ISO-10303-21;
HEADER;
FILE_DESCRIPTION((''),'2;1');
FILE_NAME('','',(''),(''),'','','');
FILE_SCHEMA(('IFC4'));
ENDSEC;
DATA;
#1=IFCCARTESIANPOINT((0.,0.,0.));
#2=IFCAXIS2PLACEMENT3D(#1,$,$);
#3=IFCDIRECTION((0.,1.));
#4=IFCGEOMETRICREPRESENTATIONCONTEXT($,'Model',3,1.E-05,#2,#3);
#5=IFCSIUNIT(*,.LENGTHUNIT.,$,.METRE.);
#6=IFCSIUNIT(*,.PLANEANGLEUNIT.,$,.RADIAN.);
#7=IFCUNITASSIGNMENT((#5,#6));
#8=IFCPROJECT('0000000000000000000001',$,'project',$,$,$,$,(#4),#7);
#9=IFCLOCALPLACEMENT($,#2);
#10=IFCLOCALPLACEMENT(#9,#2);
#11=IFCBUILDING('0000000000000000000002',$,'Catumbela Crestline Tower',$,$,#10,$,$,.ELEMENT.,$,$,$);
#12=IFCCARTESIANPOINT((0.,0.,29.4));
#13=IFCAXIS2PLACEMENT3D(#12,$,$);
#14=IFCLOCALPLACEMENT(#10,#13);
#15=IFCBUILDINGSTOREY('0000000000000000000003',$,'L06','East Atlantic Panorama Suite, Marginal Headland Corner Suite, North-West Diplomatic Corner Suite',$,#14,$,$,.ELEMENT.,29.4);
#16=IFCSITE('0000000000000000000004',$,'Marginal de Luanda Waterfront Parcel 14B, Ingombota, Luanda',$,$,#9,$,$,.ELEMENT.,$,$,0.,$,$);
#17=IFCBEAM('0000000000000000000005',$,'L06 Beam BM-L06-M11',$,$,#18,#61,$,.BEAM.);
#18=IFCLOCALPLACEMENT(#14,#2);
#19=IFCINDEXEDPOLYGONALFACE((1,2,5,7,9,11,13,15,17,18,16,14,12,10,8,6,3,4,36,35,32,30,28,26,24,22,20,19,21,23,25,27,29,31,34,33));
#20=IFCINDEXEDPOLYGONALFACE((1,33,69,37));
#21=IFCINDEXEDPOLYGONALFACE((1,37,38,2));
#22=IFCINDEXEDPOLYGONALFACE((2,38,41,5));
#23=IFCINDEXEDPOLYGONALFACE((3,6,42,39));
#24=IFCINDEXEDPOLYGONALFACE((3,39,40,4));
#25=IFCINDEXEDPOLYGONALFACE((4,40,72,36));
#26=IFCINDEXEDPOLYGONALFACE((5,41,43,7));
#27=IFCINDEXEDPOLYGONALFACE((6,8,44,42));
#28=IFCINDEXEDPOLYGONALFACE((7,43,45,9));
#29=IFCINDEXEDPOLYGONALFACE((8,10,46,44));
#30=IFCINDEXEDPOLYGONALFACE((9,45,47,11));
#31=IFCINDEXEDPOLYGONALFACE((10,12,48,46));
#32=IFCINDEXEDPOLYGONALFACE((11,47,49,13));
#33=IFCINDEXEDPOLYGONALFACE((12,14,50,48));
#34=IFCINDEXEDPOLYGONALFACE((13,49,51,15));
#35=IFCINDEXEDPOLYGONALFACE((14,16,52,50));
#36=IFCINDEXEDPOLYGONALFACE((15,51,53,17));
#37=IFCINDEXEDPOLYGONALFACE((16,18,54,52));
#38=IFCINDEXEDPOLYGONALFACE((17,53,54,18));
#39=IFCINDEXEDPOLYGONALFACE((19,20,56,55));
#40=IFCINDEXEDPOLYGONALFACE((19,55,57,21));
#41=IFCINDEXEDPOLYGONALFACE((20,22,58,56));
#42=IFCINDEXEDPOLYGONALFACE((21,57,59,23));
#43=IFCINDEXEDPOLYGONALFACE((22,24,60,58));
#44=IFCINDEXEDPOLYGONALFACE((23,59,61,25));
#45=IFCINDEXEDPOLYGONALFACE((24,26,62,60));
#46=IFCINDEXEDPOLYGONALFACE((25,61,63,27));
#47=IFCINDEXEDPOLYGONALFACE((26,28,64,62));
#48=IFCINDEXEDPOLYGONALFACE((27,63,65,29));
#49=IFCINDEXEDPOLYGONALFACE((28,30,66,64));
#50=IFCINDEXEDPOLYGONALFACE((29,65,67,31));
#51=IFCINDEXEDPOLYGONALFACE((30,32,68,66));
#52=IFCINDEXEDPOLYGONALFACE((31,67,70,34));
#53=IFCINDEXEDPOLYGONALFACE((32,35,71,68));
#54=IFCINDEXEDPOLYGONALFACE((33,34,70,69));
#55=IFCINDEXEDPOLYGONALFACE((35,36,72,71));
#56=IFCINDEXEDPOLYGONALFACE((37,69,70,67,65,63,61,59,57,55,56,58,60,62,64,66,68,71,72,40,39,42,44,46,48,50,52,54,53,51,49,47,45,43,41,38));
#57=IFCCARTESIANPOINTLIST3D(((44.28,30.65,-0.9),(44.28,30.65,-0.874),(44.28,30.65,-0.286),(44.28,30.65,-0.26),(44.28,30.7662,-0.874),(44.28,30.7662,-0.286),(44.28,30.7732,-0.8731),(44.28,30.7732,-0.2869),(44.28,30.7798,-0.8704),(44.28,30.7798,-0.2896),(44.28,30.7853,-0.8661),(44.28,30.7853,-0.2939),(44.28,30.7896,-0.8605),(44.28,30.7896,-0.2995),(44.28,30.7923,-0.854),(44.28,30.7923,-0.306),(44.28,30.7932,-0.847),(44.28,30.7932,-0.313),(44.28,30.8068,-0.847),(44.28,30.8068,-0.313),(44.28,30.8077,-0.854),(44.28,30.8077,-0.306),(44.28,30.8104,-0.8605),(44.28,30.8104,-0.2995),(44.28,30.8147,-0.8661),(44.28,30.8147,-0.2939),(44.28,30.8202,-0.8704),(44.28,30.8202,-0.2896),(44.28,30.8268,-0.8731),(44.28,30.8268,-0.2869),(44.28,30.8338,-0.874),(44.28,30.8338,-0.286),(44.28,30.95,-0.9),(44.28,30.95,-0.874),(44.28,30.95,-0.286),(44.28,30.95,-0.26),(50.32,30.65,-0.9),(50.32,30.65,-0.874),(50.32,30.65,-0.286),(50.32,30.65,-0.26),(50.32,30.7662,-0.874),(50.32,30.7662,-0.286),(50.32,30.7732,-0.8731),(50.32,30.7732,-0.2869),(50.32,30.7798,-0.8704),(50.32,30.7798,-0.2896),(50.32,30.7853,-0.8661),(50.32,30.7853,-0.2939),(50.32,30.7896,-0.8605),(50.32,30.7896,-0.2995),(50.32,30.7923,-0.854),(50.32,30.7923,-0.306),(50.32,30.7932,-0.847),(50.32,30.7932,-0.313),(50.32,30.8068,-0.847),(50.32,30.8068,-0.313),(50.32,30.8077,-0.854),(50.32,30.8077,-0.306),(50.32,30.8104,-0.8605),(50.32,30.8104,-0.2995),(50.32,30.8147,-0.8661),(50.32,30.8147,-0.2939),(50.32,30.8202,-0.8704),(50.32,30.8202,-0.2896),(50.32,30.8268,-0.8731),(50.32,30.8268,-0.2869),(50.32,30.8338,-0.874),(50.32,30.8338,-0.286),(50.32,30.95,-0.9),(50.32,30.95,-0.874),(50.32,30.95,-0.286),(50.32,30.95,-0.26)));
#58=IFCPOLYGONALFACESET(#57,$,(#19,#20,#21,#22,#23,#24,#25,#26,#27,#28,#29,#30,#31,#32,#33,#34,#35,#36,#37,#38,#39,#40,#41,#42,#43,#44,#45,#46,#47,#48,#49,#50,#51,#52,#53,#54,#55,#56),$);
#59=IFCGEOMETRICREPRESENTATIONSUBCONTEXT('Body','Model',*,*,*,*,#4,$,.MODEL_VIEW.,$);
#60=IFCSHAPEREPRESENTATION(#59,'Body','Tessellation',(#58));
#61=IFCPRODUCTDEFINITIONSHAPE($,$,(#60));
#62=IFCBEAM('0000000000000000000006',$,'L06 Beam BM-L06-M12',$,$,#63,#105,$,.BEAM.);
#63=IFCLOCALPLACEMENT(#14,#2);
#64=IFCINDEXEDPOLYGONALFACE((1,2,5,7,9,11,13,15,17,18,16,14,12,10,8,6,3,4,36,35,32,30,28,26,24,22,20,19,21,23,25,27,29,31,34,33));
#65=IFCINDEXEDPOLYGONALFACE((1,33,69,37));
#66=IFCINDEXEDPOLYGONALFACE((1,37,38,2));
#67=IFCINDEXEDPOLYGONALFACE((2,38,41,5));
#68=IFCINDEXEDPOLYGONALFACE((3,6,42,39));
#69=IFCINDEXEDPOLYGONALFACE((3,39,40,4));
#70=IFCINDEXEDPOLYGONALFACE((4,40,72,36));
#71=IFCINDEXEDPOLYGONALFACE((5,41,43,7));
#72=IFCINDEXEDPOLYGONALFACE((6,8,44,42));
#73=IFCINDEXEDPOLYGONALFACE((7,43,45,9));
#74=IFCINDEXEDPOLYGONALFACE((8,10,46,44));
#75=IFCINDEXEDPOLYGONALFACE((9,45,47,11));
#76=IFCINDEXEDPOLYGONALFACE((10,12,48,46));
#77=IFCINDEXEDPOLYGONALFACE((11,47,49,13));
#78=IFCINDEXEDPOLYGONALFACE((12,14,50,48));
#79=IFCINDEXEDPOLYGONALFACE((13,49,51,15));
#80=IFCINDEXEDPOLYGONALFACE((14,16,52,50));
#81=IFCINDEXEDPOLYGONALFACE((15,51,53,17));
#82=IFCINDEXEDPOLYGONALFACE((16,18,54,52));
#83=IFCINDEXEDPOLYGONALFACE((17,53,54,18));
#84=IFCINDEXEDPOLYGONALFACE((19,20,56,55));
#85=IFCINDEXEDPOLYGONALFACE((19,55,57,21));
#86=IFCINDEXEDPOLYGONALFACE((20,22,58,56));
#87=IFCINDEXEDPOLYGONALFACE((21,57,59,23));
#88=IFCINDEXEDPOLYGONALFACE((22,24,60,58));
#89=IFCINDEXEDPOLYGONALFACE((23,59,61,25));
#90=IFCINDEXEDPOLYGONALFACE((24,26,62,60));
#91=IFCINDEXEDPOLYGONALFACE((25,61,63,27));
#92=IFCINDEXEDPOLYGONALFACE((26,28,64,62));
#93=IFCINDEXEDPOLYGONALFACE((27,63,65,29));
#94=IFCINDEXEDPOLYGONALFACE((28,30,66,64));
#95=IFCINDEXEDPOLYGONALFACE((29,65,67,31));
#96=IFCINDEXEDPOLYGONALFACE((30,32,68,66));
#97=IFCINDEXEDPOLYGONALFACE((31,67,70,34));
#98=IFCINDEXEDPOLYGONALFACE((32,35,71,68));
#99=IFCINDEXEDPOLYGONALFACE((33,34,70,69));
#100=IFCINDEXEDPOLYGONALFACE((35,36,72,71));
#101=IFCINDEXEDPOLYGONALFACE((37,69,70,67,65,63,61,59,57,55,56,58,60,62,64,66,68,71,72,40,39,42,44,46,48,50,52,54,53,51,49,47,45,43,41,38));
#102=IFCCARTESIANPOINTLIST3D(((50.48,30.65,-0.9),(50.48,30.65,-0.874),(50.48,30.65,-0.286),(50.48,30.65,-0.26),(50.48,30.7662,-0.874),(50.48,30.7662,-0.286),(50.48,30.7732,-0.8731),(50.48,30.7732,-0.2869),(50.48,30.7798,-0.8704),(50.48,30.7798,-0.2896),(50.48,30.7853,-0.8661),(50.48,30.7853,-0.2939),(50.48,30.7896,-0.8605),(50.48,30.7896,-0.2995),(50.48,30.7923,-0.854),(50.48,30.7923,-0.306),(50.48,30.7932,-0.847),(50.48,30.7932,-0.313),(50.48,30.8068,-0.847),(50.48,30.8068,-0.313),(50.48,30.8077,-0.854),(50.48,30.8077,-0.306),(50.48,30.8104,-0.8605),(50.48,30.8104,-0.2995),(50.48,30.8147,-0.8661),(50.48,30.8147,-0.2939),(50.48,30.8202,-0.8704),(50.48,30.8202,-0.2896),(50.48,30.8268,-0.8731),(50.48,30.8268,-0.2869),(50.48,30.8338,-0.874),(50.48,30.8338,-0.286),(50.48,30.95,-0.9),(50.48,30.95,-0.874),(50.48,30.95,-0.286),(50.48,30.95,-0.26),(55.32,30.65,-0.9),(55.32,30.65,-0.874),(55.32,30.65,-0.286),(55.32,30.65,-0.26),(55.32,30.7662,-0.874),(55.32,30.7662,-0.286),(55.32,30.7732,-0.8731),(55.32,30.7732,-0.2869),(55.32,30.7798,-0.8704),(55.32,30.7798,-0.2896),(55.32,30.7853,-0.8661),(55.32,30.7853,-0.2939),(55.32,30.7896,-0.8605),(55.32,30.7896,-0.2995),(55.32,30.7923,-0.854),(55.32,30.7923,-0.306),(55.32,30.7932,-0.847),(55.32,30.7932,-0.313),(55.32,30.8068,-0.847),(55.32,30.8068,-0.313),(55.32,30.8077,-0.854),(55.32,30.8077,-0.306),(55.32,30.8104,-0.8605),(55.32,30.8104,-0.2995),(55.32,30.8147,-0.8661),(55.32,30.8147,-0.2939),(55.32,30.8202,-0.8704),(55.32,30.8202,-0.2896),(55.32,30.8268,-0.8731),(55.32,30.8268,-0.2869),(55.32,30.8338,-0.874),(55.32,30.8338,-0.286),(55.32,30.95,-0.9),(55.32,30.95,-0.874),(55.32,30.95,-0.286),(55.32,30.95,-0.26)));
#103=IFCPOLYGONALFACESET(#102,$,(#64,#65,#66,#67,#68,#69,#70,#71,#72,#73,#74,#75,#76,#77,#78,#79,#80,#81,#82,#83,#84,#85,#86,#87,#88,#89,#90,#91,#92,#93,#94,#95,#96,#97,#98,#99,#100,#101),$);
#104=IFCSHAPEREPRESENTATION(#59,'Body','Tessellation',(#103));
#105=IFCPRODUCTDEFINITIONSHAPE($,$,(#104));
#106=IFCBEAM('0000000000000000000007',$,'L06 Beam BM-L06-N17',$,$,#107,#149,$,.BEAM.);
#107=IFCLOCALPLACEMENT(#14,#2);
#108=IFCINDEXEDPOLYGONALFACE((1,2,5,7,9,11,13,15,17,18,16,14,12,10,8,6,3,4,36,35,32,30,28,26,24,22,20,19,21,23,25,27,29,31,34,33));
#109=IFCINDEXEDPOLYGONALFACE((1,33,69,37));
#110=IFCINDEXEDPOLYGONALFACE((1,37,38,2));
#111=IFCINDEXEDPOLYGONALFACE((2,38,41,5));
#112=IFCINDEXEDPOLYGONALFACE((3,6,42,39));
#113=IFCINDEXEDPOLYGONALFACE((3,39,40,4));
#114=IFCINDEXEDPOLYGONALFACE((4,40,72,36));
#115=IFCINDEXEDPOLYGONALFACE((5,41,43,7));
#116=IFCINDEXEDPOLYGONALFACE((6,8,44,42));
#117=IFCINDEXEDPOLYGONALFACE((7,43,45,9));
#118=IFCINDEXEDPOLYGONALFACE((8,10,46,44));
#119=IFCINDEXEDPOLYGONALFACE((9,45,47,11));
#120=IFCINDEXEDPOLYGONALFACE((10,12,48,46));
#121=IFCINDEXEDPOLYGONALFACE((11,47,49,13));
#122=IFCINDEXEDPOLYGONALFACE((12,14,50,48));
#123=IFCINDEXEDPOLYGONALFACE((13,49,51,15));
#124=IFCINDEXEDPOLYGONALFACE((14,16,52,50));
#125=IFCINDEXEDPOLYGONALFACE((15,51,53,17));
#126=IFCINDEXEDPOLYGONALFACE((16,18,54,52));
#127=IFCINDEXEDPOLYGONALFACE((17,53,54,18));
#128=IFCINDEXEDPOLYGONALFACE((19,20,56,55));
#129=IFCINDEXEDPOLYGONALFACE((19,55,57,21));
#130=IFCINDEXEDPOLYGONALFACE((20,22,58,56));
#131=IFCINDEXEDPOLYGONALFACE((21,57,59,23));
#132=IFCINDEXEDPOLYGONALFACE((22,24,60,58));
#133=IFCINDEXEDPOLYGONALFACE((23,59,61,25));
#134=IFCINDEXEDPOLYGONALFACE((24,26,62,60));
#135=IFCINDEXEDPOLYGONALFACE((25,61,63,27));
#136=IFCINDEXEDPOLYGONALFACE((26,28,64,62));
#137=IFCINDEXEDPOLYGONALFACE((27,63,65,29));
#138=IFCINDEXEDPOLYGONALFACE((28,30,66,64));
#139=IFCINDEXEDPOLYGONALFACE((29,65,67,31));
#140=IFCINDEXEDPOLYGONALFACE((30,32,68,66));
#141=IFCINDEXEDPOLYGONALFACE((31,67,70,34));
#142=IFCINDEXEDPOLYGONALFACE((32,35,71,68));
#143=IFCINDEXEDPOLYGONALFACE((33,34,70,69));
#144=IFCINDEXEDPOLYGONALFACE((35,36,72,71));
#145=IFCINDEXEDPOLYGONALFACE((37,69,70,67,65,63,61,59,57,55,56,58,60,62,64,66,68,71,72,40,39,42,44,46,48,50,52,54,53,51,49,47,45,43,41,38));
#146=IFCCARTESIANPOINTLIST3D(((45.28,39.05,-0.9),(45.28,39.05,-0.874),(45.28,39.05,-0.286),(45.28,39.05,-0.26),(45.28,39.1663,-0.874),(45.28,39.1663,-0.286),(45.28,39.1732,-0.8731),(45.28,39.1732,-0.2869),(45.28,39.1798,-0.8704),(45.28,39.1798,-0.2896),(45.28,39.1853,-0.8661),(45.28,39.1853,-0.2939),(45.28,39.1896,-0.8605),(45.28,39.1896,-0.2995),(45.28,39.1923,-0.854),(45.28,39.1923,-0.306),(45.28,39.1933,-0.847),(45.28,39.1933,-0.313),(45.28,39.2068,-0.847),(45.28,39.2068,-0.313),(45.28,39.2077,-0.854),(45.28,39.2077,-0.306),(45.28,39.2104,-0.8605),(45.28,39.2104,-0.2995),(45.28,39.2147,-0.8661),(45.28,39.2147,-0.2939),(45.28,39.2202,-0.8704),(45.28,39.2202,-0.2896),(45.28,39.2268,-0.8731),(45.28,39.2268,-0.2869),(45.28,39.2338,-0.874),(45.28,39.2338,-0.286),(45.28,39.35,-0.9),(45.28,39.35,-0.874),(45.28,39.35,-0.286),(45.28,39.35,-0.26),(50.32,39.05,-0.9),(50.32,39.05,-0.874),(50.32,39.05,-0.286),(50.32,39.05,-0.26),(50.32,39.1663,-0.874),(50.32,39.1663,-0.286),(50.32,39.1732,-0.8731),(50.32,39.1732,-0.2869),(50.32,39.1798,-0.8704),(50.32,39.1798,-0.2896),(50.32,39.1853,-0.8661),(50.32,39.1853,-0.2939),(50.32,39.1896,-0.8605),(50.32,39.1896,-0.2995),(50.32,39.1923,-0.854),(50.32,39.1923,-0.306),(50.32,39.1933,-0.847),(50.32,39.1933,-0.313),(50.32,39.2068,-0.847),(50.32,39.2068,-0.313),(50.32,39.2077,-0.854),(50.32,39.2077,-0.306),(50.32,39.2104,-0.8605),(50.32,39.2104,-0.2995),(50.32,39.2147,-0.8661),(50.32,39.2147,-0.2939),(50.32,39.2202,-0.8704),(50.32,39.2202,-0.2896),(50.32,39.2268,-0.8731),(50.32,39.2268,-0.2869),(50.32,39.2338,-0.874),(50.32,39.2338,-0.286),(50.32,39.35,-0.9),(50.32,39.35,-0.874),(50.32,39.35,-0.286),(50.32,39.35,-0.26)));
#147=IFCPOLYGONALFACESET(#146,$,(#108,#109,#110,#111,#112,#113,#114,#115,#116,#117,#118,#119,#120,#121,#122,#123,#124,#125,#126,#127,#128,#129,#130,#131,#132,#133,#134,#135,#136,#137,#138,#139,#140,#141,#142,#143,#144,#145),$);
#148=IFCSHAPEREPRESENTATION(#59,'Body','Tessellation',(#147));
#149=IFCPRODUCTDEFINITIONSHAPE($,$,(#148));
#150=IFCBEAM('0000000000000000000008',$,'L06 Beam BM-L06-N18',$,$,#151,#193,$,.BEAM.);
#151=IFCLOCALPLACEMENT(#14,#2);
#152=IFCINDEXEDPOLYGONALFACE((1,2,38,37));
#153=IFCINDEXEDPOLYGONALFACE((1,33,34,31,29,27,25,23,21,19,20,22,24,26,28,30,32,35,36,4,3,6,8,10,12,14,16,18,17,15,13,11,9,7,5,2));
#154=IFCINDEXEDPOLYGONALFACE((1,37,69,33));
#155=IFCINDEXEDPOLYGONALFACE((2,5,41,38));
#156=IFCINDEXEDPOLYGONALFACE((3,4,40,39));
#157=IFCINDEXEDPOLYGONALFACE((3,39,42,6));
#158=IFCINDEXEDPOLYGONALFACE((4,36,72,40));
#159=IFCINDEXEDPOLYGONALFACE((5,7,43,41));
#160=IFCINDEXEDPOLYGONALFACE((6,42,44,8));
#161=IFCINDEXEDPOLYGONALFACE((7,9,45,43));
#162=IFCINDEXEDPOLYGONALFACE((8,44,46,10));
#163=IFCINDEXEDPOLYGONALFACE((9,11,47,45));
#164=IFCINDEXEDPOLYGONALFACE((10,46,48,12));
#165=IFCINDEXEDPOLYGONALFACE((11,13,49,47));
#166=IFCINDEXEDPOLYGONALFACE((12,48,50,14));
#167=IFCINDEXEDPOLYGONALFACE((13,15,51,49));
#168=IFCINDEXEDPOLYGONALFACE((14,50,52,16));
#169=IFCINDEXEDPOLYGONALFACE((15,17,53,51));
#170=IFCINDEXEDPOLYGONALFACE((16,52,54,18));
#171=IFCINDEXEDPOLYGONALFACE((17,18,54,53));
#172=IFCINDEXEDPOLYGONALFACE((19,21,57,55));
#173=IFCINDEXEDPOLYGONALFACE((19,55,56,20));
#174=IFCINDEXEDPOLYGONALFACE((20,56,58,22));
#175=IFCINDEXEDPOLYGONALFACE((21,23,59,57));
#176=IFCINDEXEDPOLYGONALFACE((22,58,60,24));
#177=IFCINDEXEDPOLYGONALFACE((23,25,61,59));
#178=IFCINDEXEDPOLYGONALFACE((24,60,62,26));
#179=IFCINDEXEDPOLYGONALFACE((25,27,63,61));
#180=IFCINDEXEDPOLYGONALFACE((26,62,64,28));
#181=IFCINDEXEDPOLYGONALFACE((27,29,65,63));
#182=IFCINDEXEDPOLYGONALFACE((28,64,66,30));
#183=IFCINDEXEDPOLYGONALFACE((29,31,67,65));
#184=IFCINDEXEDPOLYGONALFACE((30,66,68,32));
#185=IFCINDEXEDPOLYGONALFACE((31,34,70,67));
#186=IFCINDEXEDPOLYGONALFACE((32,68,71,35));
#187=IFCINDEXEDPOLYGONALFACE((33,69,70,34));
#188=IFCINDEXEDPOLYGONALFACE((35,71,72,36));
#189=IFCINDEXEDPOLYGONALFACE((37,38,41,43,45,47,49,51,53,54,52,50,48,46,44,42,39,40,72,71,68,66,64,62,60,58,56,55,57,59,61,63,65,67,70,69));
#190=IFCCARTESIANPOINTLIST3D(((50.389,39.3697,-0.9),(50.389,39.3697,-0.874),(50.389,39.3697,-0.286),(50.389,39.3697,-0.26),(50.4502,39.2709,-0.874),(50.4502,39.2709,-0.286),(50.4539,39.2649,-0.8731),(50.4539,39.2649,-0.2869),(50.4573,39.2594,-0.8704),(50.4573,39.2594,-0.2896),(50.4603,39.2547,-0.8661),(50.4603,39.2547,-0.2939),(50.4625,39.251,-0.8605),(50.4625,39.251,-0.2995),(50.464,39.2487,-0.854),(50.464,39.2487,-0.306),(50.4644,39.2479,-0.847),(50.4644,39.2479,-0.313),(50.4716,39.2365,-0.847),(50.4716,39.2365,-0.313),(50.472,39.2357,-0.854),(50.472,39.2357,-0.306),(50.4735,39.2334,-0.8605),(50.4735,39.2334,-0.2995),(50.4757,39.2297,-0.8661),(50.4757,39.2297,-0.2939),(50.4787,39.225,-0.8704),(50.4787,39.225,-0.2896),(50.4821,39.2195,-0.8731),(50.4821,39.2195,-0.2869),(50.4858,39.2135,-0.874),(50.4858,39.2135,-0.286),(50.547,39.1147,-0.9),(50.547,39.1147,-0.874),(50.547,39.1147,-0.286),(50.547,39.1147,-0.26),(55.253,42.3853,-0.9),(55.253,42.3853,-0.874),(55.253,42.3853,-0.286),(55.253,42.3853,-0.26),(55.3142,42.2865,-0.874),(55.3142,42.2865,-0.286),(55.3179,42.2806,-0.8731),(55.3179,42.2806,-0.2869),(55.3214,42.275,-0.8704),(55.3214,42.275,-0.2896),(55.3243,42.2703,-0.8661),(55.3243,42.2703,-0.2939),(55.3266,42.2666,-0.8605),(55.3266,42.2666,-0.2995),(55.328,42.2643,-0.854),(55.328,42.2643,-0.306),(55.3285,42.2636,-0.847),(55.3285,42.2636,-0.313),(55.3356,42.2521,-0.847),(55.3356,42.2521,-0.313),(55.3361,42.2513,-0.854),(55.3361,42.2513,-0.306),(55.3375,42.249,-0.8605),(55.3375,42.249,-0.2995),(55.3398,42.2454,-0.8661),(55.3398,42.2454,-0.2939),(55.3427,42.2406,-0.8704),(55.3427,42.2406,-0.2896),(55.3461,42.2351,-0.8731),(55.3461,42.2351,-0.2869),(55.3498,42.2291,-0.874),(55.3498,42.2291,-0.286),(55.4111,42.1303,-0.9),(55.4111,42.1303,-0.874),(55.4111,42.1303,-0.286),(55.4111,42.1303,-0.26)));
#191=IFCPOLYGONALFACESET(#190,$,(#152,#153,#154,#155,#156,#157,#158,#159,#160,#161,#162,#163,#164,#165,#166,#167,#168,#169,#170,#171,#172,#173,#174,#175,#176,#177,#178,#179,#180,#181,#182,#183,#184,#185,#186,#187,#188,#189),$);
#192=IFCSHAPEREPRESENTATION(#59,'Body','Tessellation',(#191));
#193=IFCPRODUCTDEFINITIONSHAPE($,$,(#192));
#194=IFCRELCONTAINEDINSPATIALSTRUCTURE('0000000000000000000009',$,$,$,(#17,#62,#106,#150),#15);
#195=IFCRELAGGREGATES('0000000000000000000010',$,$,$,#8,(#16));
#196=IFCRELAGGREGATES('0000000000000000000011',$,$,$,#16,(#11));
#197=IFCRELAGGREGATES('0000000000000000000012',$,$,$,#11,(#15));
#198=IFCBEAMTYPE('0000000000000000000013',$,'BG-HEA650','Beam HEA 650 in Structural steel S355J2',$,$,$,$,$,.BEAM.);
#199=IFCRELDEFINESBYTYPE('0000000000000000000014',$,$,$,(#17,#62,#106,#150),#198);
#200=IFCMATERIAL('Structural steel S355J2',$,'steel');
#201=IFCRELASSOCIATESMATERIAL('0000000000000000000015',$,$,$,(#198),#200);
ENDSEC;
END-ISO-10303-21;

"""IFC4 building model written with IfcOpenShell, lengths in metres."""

from ifc_helpers import new_model, si_unit, direction, frame, origin, origin_2d, place, context, subcontext, project, spatial, i_section, extrude, material, material_profile, profile_set, type_object, element, save


model = new_model("IFC4")

# Units and contexts
model_context = context("Model", 3, precision=1e-05, world=origin(), true_north=direction((0.0, 1.0)))
body_context = subcontext(model_context, "Body", "Model", "MODEL_VIEW")
ifc_project = project(units=[si_unit("LENGTHUNIT", "METRE"), si_unit("PLANEANGLEUNIT", "RADIAN")], contexts=[model_context])

# Site, building, storey
site_placement = place(None, origin())
site = spatial("IfcSite", under=ifc_project, at=site_placement, Name="Marginal de Luanda Waterfront Parcel 14B, Ingombota, Luanda", CompositionType="ELEMENT", RefElevation=0.0)
building_placement = place(site_placement, origin())
building = spatial("IfcBuilding", under=site, at=building_placement, Name="Catumbela Crestline Tower", CompositionType="ELEMENT")
storey_placement = place(building_placement, frame((0.0, 0.0, 29.4)))
storey = spatial("IfcBuildingStorey", under=building, at=storey_placement, Name="L06", Description="East Atlantic Panorama Suite, Marginal Headland Corner Suite, North-West Diplomatic Corner Suite", CompositionType="ELEMENT", Elevation=29.4)

# Beams
ifc_material_1 = material(Name="Structural steel S355J2", Category="steel")
ifc_material_profile_1 = material_profile(ifc_material_1, i_section(OverallWidth=0.3, OverallDepth=0.64, WebThickness=0.0135, FlangeThickness=0.026, FilletRadius=0.027, at=origin_2d()), Name="HEA 650")
ifc_profile_set_1 = profile_set([ifc_material_profile_1], Name="Structural steel S355J2")
beam_type_1 = type_object("IfcBeamType", Name="BG-HEA650", Description="Beam HEA 650 in Structural steel S355J2", PredefinedType="BEAM", material=ifc_profile_set_1)
beam_1_placement = place(storey_placement, frame((44.28, 30.8, -0.58), z_axis=(1.0, 0.0, 0.0), x_axis=(0.0, 1.0, 0.0)))
element("IfcBeam", 1, at=beam_1_placement, inside=storey, type_object=beam_type_1, Name="L06 Beam BM-L06-M11", PredefinedType="BEAM", context=body_context, shape_type="SweptSolid", body=[
    extrude(i_section(OverallWidth=0.3, OverallDepth=0.64, WebThickness=0.0135, FlangeThickness=0.026, FilletRadius=0.027, at=origin_2d()), origin(), (0.0, 0.0, 1.0), 6.04),
])
beam_2_placement = place(storey_placement, frame((50.48, 30.8, -0.58), z_axis=(1.0, 0.0, 0.0), x_axis=(0.0, 1.0, 0.0)))
element("IfcBeam", 2, at=beam_2_placement, inside=storey, type_object=beam_type_1, Name="L06 Beam BM-L06-M12", PredefinedType="BEAM", context=body_context, shape_type="SweptSolid", body=[
    extrude(i_section(OverallWidth=0.3, OverallDepth=0.64, WebThickness=0.0135, FlangeThickness=0.026, FilletRadius=0.027, at=origin_2d()), origin(), (0.0, 0.0, 1.0), 4.84),
])
beam_3_placement = place(storey_placement, frame((45.28, 39.2, -0.58), z_axis=(1.0, 0.0, 0.0), x_axis=(0.0, 1.0, 0.0)))
element("IfcBeam", 3, at=beam_3_placement, inside=storey, type_object=beam_type_1, Name="L06 Beam BM-L06-N17", PredefinedType="BEAM", context=body_context, shape_type="SweptSolid", body=[
    extrude(i_section(OverallWidth=0.3, OverallDepth=0.64, WebThickness=0.0135, FlangeThickness=0.026, FilletRadius=0.027, at=origin_2d()), origin(), (0.0, 0.0, 1.0), 5.04),
])
beam_4_placement = place(storey_placement, frame((50.468, 39.2422, -0.58), z_axis=(0.849909, 0.52693, 0.0), x_axis=(-0.52693, 0.849909, 0.0)))
element("IfcBeam", 4, at=beam_4_placement, inside=storey, type_object=beam_type_1, Name="L06 Beam BM-L06-N18", PredefinedType="BEAM", context=body_context, shape_type="SweptSolid", body=[
    extrude(i_section(OverallWidth=0.3, OverallDepth=0.64, WebThickness=0.0135, FlangeThickness=0.026, FilletRadius=0.027, at=origin_2d()), origin(), (0.0, 0.0, 1.0), 5.723),
])

save(model, "model.ifc")
